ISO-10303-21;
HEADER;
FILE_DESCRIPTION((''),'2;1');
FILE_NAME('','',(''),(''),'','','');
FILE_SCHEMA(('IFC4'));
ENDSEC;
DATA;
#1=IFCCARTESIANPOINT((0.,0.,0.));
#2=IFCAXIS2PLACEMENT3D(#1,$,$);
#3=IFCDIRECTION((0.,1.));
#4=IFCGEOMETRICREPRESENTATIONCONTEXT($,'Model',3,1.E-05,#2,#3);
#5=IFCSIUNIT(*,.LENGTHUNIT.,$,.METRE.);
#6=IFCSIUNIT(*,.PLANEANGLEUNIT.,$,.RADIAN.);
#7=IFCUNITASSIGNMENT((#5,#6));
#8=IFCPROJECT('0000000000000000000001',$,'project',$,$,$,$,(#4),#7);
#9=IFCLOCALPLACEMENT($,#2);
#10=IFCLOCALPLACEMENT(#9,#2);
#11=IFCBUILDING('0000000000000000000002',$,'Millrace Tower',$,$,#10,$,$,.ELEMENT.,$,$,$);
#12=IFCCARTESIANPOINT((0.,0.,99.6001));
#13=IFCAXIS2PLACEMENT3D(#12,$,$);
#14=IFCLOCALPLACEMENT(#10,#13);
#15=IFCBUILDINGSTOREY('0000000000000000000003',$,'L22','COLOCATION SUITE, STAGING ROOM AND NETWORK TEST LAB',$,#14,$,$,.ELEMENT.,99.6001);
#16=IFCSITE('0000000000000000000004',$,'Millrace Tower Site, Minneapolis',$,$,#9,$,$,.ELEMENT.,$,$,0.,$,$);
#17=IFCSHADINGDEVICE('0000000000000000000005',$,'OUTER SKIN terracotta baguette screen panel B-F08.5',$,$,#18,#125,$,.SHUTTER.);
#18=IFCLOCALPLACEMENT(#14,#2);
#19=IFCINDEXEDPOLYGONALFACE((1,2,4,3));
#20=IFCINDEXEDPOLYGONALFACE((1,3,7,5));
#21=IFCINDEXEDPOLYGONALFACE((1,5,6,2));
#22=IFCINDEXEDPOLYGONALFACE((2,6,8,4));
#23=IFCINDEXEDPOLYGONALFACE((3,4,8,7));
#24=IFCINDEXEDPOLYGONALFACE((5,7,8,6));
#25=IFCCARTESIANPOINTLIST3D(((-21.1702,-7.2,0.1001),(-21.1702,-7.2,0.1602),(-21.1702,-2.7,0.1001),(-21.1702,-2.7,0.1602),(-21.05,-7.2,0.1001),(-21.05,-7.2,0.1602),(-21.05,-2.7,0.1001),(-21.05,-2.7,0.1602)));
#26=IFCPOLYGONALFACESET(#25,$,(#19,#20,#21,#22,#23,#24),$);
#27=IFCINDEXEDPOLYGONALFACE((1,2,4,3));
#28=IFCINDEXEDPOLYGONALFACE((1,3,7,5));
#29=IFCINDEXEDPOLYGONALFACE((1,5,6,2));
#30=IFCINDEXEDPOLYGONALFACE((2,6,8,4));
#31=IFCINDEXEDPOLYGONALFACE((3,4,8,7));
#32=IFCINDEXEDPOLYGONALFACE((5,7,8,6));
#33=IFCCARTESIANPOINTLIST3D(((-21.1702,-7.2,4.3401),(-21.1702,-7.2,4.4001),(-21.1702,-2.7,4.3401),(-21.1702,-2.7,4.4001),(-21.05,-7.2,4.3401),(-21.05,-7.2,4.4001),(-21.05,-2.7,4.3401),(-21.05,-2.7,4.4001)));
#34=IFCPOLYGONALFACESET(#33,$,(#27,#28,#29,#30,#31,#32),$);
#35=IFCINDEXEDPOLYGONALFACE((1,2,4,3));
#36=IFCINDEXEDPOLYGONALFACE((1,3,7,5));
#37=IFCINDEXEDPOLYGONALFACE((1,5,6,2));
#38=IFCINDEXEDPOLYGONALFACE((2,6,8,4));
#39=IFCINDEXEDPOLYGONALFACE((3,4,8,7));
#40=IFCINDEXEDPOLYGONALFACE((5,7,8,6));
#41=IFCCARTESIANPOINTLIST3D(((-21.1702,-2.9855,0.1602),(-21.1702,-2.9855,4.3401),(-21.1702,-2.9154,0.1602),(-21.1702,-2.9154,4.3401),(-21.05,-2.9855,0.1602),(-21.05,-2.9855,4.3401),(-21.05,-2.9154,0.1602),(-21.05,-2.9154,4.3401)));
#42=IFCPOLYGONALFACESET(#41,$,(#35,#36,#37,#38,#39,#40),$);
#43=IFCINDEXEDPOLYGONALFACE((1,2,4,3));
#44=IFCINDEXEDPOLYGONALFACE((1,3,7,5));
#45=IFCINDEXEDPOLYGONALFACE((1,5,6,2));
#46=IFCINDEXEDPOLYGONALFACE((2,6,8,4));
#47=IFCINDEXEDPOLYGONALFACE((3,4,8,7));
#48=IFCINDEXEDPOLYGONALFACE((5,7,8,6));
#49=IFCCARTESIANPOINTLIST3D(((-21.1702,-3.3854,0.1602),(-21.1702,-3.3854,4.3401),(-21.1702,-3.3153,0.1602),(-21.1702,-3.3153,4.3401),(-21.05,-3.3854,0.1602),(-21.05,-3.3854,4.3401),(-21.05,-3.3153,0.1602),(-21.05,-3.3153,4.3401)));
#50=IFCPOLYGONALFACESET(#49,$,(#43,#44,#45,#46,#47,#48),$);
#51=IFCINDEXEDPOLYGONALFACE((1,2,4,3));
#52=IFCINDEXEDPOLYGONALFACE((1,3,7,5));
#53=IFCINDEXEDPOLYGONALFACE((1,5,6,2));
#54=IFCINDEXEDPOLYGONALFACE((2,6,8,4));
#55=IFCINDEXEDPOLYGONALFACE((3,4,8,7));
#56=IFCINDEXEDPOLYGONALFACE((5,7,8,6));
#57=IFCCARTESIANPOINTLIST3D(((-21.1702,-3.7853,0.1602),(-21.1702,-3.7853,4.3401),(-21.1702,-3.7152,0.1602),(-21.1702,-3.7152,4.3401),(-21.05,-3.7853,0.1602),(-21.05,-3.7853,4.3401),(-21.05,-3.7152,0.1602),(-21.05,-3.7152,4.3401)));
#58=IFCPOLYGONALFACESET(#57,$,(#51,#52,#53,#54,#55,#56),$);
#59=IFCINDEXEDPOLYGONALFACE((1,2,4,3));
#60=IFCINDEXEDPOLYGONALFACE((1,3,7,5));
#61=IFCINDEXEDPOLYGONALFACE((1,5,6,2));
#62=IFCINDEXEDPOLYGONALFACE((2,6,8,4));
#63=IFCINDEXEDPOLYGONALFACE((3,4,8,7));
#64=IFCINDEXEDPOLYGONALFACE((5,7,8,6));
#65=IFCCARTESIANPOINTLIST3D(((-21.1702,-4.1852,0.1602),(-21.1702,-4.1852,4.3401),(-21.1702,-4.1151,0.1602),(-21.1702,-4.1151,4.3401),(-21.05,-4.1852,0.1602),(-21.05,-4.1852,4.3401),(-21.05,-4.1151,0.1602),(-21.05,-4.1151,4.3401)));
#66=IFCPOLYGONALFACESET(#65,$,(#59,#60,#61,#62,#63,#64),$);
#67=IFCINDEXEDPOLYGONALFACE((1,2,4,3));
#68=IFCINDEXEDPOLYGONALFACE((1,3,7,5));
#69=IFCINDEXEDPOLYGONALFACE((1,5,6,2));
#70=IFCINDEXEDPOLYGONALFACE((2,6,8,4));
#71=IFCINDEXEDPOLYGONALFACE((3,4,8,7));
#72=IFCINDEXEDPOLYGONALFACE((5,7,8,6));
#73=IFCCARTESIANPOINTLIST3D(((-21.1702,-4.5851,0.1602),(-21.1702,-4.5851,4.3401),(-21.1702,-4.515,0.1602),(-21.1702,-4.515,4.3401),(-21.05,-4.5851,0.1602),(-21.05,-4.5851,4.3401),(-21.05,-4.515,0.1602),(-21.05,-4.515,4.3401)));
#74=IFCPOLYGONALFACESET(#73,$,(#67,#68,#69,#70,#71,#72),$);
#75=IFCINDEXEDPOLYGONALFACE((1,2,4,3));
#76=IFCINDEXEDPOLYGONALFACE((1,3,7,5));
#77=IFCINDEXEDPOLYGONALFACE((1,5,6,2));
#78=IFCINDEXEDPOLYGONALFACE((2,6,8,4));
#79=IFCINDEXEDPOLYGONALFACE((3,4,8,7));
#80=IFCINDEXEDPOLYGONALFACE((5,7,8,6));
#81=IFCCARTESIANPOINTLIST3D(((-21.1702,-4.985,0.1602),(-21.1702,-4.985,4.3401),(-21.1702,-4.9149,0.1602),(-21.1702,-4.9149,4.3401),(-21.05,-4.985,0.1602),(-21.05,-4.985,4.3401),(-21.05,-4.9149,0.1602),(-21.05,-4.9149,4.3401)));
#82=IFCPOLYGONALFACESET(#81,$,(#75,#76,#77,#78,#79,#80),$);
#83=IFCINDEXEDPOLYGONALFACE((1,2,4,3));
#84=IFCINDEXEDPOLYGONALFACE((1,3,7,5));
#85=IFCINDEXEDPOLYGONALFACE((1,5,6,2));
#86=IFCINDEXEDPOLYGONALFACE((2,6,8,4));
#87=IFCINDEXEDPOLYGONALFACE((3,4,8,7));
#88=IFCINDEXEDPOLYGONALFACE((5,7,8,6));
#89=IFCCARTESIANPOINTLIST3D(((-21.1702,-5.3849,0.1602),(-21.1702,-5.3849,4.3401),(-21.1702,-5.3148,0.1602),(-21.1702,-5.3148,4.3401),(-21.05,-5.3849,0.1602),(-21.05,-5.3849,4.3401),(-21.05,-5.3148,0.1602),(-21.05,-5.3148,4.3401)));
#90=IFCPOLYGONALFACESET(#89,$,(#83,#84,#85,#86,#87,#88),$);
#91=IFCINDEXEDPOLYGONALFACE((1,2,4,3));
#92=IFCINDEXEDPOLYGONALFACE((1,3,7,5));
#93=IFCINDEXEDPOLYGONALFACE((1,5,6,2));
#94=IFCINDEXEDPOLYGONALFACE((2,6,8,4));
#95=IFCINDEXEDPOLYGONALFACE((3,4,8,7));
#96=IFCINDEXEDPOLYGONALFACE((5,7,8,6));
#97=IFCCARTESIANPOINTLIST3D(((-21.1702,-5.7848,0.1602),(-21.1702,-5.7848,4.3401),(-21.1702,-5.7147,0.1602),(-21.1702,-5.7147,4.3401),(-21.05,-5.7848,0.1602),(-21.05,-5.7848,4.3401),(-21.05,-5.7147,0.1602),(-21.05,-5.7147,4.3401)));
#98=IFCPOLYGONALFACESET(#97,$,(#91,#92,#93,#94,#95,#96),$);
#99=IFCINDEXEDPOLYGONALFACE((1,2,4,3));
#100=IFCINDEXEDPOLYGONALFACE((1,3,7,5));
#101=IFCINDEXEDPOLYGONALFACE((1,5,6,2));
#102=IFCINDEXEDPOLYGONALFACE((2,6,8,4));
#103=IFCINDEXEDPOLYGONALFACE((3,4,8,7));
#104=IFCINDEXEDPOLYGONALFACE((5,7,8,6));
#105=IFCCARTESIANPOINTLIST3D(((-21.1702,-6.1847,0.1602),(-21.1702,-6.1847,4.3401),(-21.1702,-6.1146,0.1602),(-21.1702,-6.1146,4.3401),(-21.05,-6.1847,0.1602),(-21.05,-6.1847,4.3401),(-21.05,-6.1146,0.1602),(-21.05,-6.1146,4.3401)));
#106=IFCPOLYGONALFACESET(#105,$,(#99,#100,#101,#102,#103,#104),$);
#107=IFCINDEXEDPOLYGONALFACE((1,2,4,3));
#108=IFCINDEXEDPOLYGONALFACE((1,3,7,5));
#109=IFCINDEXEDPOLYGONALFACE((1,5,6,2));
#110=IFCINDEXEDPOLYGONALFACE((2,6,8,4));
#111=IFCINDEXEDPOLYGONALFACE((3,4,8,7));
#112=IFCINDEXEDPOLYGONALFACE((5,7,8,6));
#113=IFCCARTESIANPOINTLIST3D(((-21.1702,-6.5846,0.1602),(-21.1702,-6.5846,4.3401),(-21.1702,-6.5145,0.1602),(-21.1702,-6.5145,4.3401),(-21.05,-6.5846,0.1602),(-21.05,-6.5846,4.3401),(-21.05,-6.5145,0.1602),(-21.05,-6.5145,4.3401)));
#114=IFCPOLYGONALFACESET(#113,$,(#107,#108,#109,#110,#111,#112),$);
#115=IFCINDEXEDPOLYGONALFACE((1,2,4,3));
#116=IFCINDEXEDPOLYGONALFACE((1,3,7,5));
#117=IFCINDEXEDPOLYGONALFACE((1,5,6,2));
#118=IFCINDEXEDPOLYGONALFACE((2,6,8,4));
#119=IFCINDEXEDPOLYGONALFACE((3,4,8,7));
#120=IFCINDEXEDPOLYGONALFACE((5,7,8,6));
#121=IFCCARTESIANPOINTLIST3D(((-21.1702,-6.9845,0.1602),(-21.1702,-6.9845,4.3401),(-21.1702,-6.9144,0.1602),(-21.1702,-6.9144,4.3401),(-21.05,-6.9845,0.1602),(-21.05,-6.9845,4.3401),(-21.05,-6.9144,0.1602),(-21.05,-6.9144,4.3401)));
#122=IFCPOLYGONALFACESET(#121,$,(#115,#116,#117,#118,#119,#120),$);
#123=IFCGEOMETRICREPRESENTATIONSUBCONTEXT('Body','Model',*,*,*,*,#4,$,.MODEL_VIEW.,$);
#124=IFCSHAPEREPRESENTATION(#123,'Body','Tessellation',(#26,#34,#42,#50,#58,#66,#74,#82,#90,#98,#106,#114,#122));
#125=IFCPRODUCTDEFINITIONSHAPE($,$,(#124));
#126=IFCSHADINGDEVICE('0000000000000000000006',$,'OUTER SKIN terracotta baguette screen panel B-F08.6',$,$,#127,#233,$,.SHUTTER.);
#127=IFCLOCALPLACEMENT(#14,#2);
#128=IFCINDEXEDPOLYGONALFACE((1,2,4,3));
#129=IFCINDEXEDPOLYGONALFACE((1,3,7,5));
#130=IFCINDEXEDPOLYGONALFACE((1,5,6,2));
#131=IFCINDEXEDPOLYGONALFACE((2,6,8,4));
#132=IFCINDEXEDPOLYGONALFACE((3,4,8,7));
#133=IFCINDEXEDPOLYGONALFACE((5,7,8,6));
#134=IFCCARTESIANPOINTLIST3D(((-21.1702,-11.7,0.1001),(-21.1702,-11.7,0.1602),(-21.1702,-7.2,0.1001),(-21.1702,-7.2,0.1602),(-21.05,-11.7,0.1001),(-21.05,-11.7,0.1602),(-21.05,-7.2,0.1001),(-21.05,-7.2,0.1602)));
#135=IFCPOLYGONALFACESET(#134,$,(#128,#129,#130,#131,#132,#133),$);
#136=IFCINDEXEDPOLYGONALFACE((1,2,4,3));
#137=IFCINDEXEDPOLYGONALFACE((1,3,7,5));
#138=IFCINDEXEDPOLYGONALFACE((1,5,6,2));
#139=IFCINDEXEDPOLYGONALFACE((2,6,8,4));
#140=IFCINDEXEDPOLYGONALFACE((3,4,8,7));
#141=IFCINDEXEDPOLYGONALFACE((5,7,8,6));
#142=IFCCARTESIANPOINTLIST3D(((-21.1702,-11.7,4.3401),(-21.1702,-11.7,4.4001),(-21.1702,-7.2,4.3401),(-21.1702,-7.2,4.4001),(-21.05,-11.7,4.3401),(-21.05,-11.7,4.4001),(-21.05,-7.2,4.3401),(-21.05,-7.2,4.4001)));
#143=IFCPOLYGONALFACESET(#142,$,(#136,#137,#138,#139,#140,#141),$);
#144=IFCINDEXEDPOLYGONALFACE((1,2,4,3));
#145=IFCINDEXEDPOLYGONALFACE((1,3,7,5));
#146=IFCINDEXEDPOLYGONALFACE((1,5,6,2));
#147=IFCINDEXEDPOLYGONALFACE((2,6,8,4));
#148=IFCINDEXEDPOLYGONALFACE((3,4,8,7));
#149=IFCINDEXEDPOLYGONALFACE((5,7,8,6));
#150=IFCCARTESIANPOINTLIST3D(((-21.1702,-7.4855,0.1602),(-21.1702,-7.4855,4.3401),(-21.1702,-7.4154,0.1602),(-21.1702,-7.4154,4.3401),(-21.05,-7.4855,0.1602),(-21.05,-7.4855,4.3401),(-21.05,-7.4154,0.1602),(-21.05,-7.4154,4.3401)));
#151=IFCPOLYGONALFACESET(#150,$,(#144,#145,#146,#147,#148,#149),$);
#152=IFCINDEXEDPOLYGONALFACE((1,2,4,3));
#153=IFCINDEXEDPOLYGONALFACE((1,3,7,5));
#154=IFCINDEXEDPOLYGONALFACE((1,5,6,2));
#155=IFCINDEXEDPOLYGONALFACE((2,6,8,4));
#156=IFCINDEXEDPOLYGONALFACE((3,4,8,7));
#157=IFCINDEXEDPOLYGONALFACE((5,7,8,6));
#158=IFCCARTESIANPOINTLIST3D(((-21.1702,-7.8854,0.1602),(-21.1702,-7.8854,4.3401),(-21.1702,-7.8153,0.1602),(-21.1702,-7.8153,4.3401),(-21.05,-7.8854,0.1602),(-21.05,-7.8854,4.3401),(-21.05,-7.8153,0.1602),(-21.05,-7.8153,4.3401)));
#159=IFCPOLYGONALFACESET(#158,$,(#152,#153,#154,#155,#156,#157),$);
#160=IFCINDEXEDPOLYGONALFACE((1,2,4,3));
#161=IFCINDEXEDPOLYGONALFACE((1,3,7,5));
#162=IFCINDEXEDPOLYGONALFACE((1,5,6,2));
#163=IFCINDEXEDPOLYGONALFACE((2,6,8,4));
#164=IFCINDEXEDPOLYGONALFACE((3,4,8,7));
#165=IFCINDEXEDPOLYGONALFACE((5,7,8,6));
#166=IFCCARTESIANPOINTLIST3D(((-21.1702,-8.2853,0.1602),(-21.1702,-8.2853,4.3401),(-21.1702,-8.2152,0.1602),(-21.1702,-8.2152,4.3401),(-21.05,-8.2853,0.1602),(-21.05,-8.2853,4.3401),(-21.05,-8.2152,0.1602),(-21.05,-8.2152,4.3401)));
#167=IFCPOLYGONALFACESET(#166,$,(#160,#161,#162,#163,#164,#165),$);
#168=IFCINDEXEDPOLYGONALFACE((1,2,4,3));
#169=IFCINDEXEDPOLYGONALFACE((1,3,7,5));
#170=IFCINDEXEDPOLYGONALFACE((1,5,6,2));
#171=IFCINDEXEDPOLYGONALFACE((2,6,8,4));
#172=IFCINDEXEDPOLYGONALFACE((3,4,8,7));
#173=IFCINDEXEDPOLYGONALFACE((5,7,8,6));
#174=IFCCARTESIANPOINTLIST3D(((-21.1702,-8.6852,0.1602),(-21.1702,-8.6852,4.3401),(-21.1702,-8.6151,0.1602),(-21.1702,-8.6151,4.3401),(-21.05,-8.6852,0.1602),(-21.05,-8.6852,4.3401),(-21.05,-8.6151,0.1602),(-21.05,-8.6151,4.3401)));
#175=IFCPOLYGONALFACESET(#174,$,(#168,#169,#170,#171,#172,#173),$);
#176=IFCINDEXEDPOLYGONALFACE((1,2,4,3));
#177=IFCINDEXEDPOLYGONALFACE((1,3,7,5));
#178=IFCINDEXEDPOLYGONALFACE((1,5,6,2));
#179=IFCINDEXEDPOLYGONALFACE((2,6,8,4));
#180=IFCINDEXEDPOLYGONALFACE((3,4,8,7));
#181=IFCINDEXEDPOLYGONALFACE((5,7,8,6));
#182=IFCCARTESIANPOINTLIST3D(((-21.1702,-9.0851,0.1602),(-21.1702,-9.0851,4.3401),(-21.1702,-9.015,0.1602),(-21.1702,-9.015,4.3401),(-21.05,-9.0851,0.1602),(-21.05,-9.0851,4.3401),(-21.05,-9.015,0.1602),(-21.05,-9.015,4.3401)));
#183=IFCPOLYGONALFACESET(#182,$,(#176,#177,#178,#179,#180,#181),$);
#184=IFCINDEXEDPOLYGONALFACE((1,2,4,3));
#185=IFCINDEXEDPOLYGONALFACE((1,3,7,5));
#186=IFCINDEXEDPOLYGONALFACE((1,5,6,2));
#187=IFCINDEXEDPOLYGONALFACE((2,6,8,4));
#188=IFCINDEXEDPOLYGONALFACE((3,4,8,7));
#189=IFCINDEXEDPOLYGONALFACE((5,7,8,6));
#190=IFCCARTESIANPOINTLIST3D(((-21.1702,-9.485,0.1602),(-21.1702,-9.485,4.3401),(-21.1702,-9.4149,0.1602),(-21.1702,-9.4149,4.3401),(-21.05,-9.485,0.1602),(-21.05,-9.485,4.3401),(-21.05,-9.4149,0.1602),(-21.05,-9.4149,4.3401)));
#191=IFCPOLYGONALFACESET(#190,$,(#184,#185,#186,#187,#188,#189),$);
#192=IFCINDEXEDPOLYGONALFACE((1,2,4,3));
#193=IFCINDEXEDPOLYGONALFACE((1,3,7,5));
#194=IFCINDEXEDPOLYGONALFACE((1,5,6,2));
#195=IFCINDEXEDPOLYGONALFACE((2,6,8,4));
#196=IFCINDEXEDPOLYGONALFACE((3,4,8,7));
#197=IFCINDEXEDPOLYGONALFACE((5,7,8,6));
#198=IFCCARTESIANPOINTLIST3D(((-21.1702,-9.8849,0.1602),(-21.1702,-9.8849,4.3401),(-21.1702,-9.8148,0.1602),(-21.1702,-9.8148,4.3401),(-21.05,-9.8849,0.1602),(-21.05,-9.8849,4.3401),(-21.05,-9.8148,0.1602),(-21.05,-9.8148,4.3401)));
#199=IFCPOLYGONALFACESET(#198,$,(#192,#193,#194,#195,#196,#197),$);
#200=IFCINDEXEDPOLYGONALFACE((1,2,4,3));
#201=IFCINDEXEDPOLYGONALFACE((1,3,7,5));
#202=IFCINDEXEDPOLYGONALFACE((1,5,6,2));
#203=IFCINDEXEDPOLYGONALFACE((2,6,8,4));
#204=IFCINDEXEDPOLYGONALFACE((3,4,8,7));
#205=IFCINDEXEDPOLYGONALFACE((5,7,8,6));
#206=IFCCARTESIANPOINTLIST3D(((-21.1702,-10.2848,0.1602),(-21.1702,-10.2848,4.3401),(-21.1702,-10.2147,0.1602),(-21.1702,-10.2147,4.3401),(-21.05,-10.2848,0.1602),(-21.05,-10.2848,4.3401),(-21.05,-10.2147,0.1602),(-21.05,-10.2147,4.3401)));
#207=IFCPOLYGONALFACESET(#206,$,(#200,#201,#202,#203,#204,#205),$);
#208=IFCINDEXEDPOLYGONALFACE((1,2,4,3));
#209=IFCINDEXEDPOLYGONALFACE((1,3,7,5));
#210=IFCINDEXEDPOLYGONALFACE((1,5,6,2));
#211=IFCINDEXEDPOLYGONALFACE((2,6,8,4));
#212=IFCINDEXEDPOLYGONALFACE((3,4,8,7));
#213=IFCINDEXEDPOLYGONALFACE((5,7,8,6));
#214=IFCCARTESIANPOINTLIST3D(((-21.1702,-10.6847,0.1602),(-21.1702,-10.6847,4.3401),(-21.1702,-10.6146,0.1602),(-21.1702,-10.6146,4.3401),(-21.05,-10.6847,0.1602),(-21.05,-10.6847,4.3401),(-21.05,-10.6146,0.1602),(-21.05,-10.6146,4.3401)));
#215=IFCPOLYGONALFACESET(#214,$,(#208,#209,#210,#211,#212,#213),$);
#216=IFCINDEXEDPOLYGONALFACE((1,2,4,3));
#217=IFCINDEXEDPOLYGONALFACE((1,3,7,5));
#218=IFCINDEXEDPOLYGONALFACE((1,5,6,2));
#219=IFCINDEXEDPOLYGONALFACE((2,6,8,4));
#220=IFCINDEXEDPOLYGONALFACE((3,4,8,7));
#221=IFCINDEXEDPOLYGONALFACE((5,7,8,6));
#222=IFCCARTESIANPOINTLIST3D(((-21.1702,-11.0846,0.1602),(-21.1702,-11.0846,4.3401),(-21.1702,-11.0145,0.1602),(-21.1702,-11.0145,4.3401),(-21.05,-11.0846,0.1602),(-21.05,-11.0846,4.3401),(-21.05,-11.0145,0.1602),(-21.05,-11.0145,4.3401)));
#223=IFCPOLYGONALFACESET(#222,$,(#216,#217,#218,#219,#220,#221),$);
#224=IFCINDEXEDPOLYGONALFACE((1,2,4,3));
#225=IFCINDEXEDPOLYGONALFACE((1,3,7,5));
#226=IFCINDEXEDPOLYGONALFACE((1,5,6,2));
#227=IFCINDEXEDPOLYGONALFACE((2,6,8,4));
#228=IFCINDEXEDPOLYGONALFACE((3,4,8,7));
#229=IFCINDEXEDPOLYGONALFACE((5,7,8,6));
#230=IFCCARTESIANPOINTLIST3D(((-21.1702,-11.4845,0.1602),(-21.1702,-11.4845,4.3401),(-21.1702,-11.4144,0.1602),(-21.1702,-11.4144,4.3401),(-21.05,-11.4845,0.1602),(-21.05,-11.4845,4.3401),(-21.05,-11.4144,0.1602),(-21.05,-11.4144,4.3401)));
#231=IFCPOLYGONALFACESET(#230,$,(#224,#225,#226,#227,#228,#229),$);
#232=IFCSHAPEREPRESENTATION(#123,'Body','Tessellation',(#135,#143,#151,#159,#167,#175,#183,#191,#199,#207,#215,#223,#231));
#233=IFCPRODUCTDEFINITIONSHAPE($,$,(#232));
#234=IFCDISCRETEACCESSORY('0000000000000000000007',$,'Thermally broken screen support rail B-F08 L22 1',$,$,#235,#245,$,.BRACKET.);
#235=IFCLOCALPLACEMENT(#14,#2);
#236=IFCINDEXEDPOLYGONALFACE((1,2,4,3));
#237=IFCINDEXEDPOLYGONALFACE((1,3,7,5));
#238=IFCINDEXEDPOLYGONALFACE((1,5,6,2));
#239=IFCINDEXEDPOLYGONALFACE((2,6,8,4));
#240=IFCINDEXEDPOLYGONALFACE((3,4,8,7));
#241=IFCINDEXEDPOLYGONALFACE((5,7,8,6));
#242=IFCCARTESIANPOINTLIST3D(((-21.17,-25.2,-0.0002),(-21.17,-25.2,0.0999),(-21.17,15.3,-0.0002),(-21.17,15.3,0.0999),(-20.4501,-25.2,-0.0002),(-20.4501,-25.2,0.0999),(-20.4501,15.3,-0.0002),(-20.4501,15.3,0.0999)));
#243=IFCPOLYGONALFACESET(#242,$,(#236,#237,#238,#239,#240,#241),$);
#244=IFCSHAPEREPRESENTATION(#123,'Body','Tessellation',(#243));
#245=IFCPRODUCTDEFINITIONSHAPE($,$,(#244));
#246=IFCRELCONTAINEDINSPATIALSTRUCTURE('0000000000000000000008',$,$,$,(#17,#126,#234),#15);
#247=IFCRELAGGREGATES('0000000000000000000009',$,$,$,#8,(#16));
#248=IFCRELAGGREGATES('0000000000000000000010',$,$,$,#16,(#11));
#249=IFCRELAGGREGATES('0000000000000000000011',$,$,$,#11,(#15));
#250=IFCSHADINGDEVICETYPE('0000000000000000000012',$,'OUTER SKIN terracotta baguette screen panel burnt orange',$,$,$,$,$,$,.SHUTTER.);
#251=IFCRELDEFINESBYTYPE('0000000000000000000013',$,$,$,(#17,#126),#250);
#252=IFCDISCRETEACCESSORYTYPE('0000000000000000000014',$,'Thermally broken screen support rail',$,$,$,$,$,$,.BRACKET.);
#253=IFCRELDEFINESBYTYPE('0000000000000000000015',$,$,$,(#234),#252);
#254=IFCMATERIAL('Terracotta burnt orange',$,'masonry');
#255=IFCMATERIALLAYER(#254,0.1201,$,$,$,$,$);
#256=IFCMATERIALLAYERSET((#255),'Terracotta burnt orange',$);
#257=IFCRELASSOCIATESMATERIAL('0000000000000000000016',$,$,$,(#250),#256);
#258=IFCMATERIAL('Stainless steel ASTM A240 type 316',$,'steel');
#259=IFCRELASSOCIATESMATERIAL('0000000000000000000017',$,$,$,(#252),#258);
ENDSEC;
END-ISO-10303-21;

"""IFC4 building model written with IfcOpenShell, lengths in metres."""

from ifc_helpers import new_model, entity, si_unit, direction, frame, frame_2d, origin, origin_2d, place, context, subcontext, project, spatial, rectangle, extrude, source, transform, mapped, material, layer, layer_set, type_object, element, save


model = new_model("IFC4")

# Units and contexts
model_context = context("Model", 3, precision=1e-05, world=origin(), true_north=direction((0.0, 1.0)))
body_context = subcontext(model_context, "Body", "Model", "MODEL_VIEW")
ifc_project = project(units=[si_unit("LENGTHUNIT", "METRE"), si_unit("PLANEANGLEUNIT", "RADIAN")], contexts=[model_context])

# Site, building, storey
site_placement = place(None, origin())
site = spatial("IfcSite", under=ifc_project, at=site_placement, Name="Millrace Tower Site, Minneapolis", CompositionType="ELEMENT", RefElevation=0.0)
building_placement = place(site_placement, origin())
building = spatial("IfcBuilding", under=site, at=building_placement, Name="Millrace Tower", CompositionType="ELEMENT")
storey_placement = place(building_placement, frame((0.0, 0.0, 99.6001)))
storey = spatial("IfcBuildingStorey", under=building, at=storey_placement, Name="L22", Description="COLOCATION SUITE, STAGING ROOM AND NETWORK TEST LAB", CompositionType="ELEMENT", Elevation=99.6001)

# Shading devices
ifc_material_1 = material(Name="Terracotta burnt orange", Category="masonry")
ifc_layer_1 = layer(ifc_material_1, 0.1201)
ifc_layer_set_1 = layer_set([ifc_layer_1], Name="Terracotta burnt orange")
shading_device_type = type_object("IfcShadingDeviceType", Name="OUTER SKIN terracotta baguette screen panel burnt orange", PredefinedType="SHUTTER", material=ifc_layer_set_1)
cartesian_point = entity("IfcCartesianPoint", [-2.25, 0.0601])
shared_polyline = entity("IfcPolyline", [cartesian_point, entity("IfcCartesianPoint", [2.25, 0.0601]), entity("IfcCartesianPoint", [2.25, -0.0601]), entity("IfcCartesianPoint", [-2.25, -0.0601]), cartesian_point])
shared_shape = source(origin(), body_context, "Body", "SweptSolid", [
    entity("IfcExtrudedAreaSolid", entity("IfcArbitraryClosedProfileDef", "AREA", None, shared_polyline), entity("IfcAxis2Placement3D", entity("IfcCartesianPoint", [0.0, 0.0, 0.0])), entity("IfcDirection", [0.0, 0.0, 1.0]), 0.0601),
    entity("IfcExtrudedAreaSolid", entity("IfcArbitraryClosedProfileDef", "AREA", None, shared_polyline), entity("IfcAxis2Placement3D", entity("IfcCartesianPoint", [0.0, 0.0, 4.24])), entity("IfcDirection", [0.0, 0.0, 1.0]), 0.0601),
    extrude(rectangle(XDim=0.0701, YDim=0.1201, at=frame_2d((-1.9995, 0.0))), frame((0.0, 0.0, 0.0601)), (0.0, 0.0, 1.0), 4.1799),
    extrude(rectangle(XDim=0.0701, YDim=0.1201, at=frame_2d((-1.5996, 0.0))), frame((0.0, 0.0, 0.0601)), (0.0, 0.0, 1.0), 4.1799),
    extrude(rectangle(XDim=0.0701, YDim=0.1201, at=frame_2d((-1.1997, 0.0))), frame((0.0, 0.0, 0.0601)), (0.0, 0.0, 1.0), 4.1799),
    extrude(rectangle(XDim=0.0701, YDim=0.1201, at=frame_2d((-0.7998, 0.0))), frame((0.0, 0.0, 0.0601)), (0.0, 0.0, 1.0), 4.1799),
    extrude(rectangle(XDim=0.0701, YDim=0.1201, at=frame_2d((-0.3999, 0.0))), frame((0.0, 0.0, 0.0601)), (0.0, 0.0, 1.0), 4.1799),
    extrude(rectangle(XDim=0.0701, YDim=0.1201, at=origin_2d()), frame((0.0, 0.0, 0.0601)), (0.0, 0.0, 1.0), 4.1799),
    extrude(rectangle(XDim=0.0701, YDim=0.1201, at=frame_2d((0.3999, 0.0))), frame((0.0, 0.0, 0.0601)), (0.0, 0.0, 1.0), 4.1799),
    extrude(rectangle(XDim=0.0701, YDim=0.1201, at=frame_2d((0.7998, 0.0))), frame((0.0, 0.0, 0.0601)), (0.0, 0.0, 1.0), 4.1799),
    extrude(rectangle(XDim=0.0701, YDim=0.1201, at=frame_2d((1.1997, 0.0))), frame((0.0, 0.0, 0.0601)), (0.0, 0.0, 1.0), 4.1799),
    extrude(rectangle(XDim=0.0701, YDim=0.1201, at=frame_2d((1.5996, 0.0))), frame((0.0, 0.0, 0.0601)), (0.0, 0.0, 1.0), 4.1799),
    extrude(rectangle(XDim=0.0701, YDim=0.1201, at=frame_2d((1.9995, 0.0))), frame((0.0, 0.0, 0.0601)), (0.0, 0.0, 1.0), 4.1799),
])
for number, where, z_axis, x_axis, name in (
    (1, (-21.1101, -4.95, 0.1001), (0.0, 0.0, 1.0), (0.0, -1.0, 0.0), "OUTER SKIN terracotta baguette screen panel B-F08.5"),
    (2, (-21.1101, -9.45, 0.1001), (0.0, 0.0, 1.0), (0.0, -1.0, 0.0), "OUTER SKIN terracotta baguette screen panel B-F08.6"),
):
    element("IfcShadingDevice", number, at=place(storey_placement, frame(where, z_axis=z_axis, x_axis=x_axis)), inside=storey, type_object=shading_device_type, Name=name, PredefinedType="SHUTTER", context=body_context, shape_type="MappedRepresentation", body=[
        mapped(shared_shape, transform((0.0, 0.0, 0.0), scale=1.0)),
    ])

# Discrete accessory
ifc_material_2 = material(Name="Stainless steel ASTM A240 type 316", Category="steel")
discrete_accessory_type = type_object("IfcDiscreteAccessoryType", Name="Thermally broken screen support rail", PredefinedType="BRACKET", material=ifc_material_2)
discrete_accessory_placement = place(storey_placement, frame((-20.8101, -4.95, -0.0002), z_axis=(0.0, 0.0, 1.0), x_axis=(0.0, -1.0, 0.0)))
element("IfcDiscreteAccessory", 3, at=discrete_accessory_placement, inside=storey, type_object=discrete_accessory_type, Name="Thermally broken screen support rail B-F08 L22 1", PredefinedType="BRACKET", context=body_context, shape_type="SweptSolid", body=[
    extrude(rectangle(XDim=40.5, YDim=0.72, at=origin_2d()), origin(), (0.0, 0.0, 1.0), 0.1001),
])

save(model, "model.ifc")
